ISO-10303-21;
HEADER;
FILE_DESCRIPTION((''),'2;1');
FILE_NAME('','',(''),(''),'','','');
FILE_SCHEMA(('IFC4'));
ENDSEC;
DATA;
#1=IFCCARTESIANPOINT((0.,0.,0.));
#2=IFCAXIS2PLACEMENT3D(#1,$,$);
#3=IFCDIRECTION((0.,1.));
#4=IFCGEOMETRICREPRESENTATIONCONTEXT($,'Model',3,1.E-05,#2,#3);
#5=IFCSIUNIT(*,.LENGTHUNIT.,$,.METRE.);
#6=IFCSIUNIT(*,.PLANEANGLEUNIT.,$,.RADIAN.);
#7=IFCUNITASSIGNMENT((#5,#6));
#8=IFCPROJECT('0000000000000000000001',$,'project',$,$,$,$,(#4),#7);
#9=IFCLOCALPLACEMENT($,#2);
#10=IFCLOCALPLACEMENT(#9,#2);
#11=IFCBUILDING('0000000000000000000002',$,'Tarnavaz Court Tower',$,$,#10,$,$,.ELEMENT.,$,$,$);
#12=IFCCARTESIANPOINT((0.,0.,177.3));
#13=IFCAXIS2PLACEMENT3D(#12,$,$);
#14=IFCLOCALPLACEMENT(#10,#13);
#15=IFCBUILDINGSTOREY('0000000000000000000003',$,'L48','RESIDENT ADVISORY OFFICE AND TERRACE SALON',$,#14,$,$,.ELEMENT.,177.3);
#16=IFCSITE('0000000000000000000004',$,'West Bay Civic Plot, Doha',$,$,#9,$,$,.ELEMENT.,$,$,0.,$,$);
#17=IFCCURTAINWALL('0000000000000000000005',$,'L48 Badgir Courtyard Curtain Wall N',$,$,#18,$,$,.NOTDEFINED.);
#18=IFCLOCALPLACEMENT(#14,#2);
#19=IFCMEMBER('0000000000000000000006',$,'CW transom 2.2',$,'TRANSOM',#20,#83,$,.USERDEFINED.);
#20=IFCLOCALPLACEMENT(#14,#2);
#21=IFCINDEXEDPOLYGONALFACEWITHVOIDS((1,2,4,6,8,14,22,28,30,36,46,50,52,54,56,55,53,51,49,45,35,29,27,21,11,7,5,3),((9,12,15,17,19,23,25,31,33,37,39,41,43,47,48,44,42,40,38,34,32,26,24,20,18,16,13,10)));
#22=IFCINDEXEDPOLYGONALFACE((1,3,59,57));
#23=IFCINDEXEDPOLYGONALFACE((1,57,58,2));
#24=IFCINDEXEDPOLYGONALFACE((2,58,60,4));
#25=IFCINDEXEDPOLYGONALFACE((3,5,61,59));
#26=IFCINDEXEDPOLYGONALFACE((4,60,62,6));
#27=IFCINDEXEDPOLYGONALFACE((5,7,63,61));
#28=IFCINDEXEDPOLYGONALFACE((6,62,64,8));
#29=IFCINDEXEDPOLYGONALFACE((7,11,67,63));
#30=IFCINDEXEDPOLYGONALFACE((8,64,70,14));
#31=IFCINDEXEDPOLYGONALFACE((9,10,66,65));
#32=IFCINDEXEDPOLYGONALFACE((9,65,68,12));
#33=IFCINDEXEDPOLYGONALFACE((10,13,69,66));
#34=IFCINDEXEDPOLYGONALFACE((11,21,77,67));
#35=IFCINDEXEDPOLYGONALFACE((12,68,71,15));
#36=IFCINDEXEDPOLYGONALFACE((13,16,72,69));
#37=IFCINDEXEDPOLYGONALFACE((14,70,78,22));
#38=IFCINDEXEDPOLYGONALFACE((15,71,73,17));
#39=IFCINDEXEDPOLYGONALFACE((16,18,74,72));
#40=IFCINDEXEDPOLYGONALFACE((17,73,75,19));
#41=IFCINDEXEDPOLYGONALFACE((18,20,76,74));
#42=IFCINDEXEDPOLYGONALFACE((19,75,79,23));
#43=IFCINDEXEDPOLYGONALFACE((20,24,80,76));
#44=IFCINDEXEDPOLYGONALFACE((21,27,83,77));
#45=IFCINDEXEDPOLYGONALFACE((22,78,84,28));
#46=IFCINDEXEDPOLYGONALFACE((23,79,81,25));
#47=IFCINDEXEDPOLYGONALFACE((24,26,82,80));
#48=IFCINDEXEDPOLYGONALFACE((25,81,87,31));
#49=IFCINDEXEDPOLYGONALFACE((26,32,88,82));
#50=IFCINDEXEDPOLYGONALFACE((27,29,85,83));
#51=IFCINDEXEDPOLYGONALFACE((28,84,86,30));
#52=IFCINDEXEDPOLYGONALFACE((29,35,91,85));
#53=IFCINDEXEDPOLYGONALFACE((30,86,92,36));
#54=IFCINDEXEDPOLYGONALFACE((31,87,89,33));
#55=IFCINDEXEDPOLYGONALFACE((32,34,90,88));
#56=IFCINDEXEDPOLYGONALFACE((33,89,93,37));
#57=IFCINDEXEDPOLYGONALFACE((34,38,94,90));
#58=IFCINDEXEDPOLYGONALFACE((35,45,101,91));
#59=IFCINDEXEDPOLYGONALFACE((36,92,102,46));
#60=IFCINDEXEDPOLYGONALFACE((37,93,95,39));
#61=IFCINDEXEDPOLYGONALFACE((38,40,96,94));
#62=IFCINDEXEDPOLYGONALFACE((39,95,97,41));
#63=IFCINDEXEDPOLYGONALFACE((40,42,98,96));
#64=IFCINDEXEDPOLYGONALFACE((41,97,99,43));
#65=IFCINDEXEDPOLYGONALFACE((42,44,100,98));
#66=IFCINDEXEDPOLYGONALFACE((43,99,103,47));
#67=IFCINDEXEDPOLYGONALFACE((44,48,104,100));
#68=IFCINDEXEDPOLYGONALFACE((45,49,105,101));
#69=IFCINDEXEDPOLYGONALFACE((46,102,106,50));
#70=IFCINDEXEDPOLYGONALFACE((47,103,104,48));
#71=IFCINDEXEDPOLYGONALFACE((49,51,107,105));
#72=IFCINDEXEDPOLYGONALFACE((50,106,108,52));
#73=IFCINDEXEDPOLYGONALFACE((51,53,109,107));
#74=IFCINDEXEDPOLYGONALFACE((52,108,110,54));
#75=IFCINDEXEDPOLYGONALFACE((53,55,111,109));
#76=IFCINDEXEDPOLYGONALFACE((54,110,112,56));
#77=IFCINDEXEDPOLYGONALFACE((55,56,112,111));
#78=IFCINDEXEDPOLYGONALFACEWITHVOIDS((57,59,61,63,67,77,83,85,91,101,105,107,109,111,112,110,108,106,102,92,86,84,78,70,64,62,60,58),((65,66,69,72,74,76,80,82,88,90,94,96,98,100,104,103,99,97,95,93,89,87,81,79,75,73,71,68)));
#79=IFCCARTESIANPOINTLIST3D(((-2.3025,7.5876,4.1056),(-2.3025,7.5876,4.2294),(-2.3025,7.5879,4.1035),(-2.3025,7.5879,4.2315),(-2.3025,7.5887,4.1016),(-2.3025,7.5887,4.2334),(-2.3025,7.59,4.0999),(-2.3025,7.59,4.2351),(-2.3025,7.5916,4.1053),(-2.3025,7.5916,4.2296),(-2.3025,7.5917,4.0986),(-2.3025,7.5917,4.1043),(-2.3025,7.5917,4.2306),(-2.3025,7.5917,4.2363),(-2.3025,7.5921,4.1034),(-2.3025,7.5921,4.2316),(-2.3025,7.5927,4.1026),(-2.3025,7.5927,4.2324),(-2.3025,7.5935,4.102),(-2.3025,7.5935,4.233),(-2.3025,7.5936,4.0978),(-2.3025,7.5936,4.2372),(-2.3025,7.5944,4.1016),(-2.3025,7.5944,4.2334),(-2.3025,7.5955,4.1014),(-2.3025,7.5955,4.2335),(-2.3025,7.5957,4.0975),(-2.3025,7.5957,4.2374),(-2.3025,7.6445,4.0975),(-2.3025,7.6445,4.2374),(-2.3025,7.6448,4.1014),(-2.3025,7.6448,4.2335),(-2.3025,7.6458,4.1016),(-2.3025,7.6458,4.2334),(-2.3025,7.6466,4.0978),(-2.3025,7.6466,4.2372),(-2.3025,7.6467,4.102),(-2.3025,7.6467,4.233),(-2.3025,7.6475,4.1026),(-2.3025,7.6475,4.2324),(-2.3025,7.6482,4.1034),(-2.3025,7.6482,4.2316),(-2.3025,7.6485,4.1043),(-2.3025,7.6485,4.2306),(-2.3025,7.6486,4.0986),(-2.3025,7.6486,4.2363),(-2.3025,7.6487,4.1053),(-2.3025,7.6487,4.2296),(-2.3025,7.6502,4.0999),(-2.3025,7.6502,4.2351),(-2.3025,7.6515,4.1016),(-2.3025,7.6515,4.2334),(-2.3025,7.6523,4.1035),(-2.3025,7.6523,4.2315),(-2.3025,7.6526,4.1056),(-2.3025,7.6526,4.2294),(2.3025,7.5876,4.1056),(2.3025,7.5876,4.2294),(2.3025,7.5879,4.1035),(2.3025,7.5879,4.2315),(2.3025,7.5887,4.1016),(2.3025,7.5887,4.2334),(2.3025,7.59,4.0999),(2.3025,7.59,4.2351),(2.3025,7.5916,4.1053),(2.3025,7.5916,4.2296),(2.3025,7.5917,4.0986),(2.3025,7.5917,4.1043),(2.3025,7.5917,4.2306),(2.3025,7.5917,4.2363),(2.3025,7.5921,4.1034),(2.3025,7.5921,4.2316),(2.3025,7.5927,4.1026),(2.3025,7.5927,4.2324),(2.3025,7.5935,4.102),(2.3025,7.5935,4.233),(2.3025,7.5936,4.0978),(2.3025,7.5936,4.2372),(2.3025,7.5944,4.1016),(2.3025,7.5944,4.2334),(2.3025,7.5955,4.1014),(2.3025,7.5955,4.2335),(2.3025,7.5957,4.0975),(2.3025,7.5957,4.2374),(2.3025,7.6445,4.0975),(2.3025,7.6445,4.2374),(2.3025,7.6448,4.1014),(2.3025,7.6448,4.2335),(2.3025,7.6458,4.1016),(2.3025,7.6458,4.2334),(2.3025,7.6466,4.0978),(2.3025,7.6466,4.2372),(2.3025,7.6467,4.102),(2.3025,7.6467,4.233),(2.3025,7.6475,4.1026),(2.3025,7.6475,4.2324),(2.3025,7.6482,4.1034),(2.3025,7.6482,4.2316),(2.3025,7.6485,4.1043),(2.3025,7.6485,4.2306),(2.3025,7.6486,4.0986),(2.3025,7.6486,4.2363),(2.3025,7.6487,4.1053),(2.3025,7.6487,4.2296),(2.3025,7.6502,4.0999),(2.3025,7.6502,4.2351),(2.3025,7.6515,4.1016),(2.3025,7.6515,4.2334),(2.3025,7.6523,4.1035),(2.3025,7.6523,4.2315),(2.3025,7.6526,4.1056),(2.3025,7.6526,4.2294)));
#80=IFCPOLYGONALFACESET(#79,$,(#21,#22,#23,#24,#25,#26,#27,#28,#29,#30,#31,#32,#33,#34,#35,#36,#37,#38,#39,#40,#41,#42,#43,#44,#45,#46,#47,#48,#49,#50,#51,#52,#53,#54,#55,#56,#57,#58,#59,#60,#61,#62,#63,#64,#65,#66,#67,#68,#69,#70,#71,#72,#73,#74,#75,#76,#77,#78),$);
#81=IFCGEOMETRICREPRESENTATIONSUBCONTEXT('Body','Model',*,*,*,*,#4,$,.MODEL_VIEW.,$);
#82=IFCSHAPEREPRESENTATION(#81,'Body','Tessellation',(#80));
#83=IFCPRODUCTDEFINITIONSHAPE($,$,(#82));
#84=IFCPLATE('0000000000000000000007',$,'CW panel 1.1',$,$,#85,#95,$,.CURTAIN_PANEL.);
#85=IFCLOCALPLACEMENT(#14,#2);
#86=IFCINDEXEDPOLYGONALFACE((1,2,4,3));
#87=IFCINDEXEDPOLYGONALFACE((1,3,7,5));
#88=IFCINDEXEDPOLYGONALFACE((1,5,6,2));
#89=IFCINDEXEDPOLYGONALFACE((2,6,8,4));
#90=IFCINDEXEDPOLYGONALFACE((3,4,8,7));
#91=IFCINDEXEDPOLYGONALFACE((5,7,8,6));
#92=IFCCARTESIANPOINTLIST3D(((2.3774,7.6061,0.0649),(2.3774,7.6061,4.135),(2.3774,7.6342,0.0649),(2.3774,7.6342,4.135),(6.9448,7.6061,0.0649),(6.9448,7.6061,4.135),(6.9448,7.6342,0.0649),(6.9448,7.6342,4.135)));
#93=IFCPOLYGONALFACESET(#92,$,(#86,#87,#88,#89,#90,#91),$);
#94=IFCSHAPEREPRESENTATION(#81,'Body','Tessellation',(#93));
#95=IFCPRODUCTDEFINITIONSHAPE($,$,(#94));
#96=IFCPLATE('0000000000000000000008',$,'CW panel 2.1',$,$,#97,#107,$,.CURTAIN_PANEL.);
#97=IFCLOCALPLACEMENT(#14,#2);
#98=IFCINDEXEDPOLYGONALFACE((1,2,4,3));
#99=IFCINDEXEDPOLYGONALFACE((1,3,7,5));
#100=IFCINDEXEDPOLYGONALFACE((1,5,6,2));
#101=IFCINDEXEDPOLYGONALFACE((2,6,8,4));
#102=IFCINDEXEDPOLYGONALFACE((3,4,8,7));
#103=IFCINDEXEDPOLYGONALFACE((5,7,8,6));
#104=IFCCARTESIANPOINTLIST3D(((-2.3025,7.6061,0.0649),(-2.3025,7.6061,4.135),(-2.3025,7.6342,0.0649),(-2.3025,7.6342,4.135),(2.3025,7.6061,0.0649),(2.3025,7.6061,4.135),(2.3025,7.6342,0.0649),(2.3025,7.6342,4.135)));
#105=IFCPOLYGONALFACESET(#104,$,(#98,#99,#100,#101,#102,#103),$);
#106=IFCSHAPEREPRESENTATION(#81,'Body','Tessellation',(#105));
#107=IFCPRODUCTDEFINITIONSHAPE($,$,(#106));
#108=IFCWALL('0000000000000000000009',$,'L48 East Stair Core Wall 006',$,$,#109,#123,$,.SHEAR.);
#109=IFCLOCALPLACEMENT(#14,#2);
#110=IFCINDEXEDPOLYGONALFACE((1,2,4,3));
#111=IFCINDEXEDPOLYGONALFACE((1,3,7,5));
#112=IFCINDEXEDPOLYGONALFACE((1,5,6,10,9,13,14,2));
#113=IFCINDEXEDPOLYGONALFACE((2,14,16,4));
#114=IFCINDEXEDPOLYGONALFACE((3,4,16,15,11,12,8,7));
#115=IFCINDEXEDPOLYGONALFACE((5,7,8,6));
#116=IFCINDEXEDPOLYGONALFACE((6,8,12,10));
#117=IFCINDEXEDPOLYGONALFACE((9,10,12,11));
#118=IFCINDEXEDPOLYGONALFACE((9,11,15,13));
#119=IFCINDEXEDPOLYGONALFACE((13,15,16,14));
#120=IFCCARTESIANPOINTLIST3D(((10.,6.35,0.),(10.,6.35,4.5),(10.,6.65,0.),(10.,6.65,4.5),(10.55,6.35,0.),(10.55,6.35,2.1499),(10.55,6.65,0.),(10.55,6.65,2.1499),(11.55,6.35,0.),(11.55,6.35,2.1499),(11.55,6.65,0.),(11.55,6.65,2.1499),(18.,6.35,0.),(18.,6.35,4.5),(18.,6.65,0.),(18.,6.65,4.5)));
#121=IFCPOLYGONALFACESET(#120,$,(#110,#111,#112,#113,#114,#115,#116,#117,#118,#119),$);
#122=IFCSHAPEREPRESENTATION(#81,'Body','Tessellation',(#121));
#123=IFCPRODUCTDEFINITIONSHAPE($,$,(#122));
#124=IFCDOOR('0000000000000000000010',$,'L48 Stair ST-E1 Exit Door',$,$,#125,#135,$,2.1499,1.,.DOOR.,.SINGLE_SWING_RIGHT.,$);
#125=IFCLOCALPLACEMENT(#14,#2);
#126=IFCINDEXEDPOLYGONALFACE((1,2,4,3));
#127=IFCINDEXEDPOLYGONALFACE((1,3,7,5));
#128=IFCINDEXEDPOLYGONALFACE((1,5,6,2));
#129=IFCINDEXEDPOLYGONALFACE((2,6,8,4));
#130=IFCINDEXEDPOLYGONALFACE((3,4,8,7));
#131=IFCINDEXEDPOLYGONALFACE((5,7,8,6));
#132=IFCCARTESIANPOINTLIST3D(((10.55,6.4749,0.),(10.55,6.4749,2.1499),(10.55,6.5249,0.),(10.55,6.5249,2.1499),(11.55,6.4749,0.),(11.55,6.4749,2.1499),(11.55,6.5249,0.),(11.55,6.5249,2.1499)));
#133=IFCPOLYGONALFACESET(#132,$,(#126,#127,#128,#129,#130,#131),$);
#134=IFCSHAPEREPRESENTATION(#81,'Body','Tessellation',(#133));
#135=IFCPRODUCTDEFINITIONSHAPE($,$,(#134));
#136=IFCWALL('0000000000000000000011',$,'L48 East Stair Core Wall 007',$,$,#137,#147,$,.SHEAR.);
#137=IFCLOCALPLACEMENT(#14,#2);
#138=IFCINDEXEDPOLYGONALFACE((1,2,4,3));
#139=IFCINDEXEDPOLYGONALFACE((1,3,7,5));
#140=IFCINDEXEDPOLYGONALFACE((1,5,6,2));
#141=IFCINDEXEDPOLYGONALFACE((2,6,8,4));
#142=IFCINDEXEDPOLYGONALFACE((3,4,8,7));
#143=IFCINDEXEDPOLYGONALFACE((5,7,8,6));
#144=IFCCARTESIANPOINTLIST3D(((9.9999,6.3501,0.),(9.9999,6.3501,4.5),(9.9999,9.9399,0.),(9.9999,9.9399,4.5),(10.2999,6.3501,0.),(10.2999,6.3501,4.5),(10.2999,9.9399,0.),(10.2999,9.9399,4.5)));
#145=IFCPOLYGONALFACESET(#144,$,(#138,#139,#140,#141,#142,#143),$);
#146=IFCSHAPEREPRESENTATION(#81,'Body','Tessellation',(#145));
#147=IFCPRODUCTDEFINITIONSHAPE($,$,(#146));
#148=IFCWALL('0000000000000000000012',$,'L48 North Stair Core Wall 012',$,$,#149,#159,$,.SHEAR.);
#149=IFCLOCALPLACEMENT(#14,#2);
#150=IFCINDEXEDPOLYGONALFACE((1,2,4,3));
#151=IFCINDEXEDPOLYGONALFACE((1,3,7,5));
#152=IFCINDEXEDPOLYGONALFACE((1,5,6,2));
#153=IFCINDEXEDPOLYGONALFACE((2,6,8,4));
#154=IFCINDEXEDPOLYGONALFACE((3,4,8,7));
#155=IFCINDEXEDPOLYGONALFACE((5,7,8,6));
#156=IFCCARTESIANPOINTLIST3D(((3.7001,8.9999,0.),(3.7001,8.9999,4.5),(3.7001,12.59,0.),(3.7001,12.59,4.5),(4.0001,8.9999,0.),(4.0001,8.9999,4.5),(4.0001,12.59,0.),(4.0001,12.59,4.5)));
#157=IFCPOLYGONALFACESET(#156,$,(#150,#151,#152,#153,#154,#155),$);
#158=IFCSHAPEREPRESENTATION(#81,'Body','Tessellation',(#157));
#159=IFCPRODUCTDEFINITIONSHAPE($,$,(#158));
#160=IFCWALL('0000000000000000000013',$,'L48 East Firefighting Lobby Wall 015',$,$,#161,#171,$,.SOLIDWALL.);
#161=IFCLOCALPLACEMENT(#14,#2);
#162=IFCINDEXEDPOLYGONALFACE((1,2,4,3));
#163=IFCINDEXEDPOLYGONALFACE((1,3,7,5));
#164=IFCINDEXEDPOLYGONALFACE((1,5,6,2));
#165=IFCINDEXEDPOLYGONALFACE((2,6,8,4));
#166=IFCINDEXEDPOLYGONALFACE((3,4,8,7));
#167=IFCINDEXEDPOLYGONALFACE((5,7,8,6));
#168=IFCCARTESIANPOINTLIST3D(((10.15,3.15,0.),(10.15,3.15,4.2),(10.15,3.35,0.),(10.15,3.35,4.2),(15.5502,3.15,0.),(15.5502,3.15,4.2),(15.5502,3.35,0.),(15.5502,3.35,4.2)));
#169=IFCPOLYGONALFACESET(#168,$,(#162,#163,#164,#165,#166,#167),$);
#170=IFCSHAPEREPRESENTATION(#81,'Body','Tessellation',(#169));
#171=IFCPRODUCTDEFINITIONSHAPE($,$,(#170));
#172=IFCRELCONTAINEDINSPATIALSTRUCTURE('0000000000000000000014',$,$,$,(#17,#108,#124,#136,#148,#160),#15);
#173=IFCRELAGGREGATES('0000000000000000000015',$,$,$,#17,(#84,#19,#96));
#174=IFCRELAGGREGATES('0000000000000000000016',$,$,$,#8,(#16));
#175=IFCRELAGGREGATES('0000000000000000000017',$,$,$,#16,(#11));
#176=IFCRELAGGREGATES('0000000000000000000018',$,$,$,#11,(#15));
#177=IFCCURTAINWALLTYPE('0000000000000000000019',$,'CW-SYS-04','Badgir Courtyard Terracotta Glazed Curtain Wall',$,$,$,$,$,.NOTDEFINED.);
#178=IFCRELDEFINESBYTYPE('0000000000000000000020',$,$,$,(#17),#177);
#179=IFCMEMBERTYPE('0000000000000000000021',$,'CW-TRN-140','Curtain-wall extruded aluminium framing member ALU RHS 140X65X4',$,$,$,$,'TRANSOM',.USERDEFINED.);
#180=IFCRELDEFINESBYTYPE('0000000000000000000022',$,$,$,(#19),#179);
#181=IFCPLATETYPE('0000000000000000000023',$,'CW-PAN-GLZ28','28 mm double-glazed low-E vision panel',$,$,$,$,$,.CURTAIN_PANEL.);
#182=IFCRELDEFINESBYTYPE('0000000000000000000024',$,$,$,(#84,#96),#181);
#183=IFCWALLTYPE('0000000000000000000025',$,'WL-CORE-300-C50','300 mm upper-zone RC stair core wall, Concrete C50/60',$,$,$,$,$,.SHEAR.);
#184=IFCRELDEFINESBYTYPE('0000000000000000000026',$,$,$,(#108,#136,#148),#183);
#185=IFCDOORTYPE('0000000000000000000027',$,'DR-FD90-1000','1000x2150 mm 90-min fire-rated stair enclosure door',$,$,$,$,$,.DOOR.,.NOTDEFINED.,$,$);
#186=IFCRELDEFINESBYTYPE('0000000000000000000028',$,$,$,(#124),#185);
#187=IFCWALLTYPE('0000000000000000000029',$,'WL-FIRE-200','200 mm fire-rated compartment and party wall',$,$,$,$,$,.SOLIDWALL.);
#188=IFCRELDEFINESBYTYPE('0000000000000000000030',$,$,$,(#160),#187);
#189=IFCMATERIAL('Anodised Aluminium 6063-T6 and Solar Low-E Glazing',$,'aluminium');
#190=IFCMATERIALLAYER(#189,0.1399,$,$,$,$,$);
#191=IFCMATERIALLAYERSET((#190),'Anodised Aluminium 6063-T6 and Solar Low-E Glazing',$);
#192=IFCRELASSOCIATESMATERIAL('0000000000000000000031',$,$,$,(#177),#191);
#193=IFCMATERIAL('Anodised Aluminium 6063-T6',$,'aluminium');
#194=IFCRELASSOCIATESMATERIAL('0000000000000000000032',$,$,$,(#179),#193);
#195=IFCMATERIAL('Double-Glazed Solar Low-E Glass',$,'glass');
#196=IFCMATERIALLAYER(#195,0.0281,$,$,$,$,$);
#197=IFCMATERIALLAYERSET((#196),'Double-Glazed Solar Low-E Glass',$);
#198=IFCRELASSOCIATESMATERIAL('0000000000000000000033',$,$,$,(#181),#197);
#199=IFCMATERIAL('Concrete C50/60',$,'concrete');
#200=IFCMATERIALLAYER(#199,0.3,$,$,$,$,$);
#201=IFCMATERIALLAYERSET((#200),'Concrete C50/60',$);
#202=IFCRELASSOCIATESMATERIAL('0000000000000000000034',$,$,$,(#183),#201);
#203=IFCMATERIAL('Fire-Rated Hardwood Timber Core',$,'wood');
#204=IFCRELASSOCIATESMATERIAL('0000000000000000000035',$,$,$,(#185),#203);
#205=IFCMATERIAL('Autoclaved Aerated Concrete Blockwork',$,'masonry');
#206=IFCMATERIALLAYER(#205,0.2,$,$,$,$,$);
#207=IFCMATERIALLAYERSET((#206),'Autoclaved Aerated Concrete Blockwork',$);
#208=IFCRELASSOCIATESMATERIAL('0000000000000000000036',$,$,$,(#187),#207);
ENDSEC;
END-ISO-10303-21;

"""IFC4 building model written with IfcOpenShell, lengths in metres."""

from ifc_helpers import new_model, si_unit, direction, frame, frame_2d, origin, origin_2d, place, context, subcontext, project, spatial, rectangle, hollow_rectangle, extrude, material, layer, layer_set, material_profile, profile_set, type_object, element, fill, aggregate, save


model = new_model("IFC4")

# Units and contexts
model_context = context("Model", 3, precision=1e-05, world=origin(), true_north=direction((0.0, 1.0)))
body_context = subcontext(model_context, "Body", "Model", "MODEL_VIEW")
ifc_project = project(units=[si_unit("LENGTHUNIT", "METRE"), si_unit("PLANEANGLEUNIT", "RADIAN")], contexts=[model_context])

# Site, building, storey
site_placement = place(None, origin())
site = spatial("IfcSite", under=ifc_project, at=site_placement, Name="West Bay Civic Plot, Doha", CompositionType="ELEMENT", RefElevation=0.0)
building_placement = place(site_placement, origin())
building = spatial("IfcBuilding", under=site, at=building_placement, Name="Tarnavaz Court Tower", CompositionType="ELEMENT")
storey_placement = place(building_placement, frame((0.0, 0.0, 177.3)))
storey = spatial("IfcBuildingStorey", under=building, at=storey_placement, Name="L48", Description="RESIDENT ADVISORY OFFICE AND TERRACE SALON", CompositionType="ELEMENT", Elevation=177.3)

# Curtain wall, member, plates
ifc_material_1 = material(Name="Anodised Aluminium 6063-T6 and Solar Low-E Glazing", Category="aluminium")
ifc_layer_1 = layer(ifc_material_1, 0.1399)
ifc_layer_set_1 = layer_set([ifc_layer_1], Name="Anodised Aluminium 6063-T6 and Solar Low-E Glazing")
curtain_wall_type = type_object("IfcCurtainWallType", Name="CW-SYS-04", Description="Badgir Courtyard Terracotta Glazed Curtain Wall", PredefinedType="NOTDEFINED", material=ifc_layer_set_1)
curtain_wall_placement = place(storey_placement, origin())
curtain_wall = element("IfcCurtainWall", 1, at=curtain_wall_placement, inside=storey, type_object=curtain_wall_type, Name="L48 Badgir Courtyard Curtain Wall N", PredefinedType="NOTDEFINED")
ifc_material_2 = material(Name="Anodised Aluminium 6063-T6", Category="aluminium")
ifc_material_profile_1 = material_profile(ifc_material_2, hollow_rectangle(XDim=0.0649, YDim=0.1399, WallThickness=0.0039, InnerFilletRadius=0.0039, OuterFilletRadius=0.0081, at=origin_2d()), Name="ALU RHS 140X65X4")
ifc_profile_set_1 = profile_set([ifc_material_profile_1], Name="Anodised Aluminium 6063-T6")
member_type_1 = type_object("IfcMemberType", Name="CW-TRN-140", Description="Curtain-wall extruded aluminium framing member ALU RHS 140X65X4", ElementType="TRANSOM", PredefinedType="USERDEFINED", material=ifc_profile_set_1)
member_1_placement = place(storey_placement, frame((2.3025, 7.6201, 4.1675), z_axis=(-1.0, 0.0, 0.0), x_axis=(0.0, -1.0, 0.0)))
member_1 = element("IfcMember", 2, at=member_1_placement, type_object=member_type_1, Name="CW transom 2.2", ObjectType="TRANSOM", PredefinedType="USERDEFINED", context=body_context, shape_type="SweptSolid", body=[
    extrude(hollow_rectangle(XDim=0.0649, YDim=0.1399, WallThickness=0.0039, InnerFilletRadius=0.0039, OuterFilletRadius=0.0081, at=origin_2d()), origin(), (0.0, 0.0, 1.0), 4.605),
])
ifc_material_3 = material(Name="Double-Glazed Solar Low-E Glass", Category="glass")
ifc_layer_2 = layer(ifc_material_3, 0.0281)
ifc_layer_set_2 = layer_set([ifc_layer_2], Name="Double-Glazed Solar Low-E Glass")
plate_type = type_object("IfcPlateType", Name="CW-PAN-GLZ28", Description="28 mm double-glazed low-E vision panel", PredefinedType="CURTAIN_PANEL", material=ifc_layer_set_2)
plate_1_placement = place(storey_placement, frame((4.6611, 7.6201, 0.0649), z_axis=(0.0, 0.0, 1.0), x_axis=(-1.0, 0.0, 0.0)))
plate_1 = element("IfcPlate", 3, at=plate_1_placement, type_object=plate_type, Name="CW panel 1.1", PredefinedType="CURTAIN_PANEL", context=body_context, shape_type="SweptSolid", body=[
    extrude(rectangle(XDim=4.5674, YDim=0.0281, at=origin_2d()), origin(), (0.0, 0.0, 1.0), 4.0701),
])
plate_2_placement = place(storey_placement, frame((0.0, 7.6201, 0.0649), z_axis=(0.0, 0.0, 1.0), x_axis=(-1.0, 0.0, 0.0)))
plate_2 = element("IfcPlate", 4, at=plate_2_placement, type_object=plate_type, Name="CW panel 2.1", PredefinedType="CURTAIN_PANEL", context=body_context, shape_type="SweptSolid", body=[
    extrude(rectangle(XDim=4.605, YDim=0.0281, at=origin_2d()), origin(), (0.0, 0.0, 1.0), 4.0701),
])
aggregate(curtain_wall, [plate_1, member_1, plate_2])

# Wall, opening, door
ifc_material_4 = material(Name="Concrete C50/60", Category="concrete")
ifc_layer_3 = layer(ifc_material_4, 0.3)
ifc_layer_set_3 = layer_set([ifc_layer_3], Name="Concrete C50/60")
wall_type_1 = type_object("IfcWallType", Name="WL-CORE-300-C50", Description="300 mm upper-zone RC stair core wall, Concrete C50/60", PredefinedType="SHEAR", material=ifc_layer_set_3)
wall_1_placement = place(storey_placement, frame((10.0, 6.5, 0.0), z_axis=(0.0, 0.0, 1.0), x_axis=(1.0, 0.0, 0.0)))
wall_1 = element("IfcWall", 5, at=wall_1_placement, inside=storey, type_object=wall_type_1, Name="L48 East Stair Core Wall 006", PredefinedType="SHEAR", context=body_context, shape_type="SweptSolid", body=[
    extrude(rectangle(XDim=8.0, YDim=0.3, at=frame_2d((4.0, 0.0))), origin(), (0.0, 0.0, 1.0), 4.5),
])
opening_1_placement = place(wall_1_placement, frame((0.55, 0.0, 0.0)))
opening_1 = element("IfcOpeningElement", 6, at=opening_1_placement, cuts=wall_1, PredefinedType="OPENING", context=body_context, shape_type="SweptSolid", body=[
    extrude(rectangle(XDim=1.0, YDim=2.1499, at=frame_2d((0.5, 1.075))), frame((0.0, 0.1599, 0.0), z_axis=(0.0, -1.0, 0.0), x_axis=(1.0, 0.0, 0.0)), (0.0, 0.0, 1.0), 0.3201),
])
ifc_material_5 = material(Name="Fire-Rated Hardwood Timber Core", Category="wood")
door_type_1 = type_object("IfcDoorType", Name="DR-FD90-1000", Description="1000x2150 mm 90-min fire-rated stair enclosure door", OperationType="NOTDEFINED", PredefinedType="DOOR", material=ifc_material_5)
door_1_placement = place(opening_1_placement, origin())
door_1 = element("IfcDoor", 7, at=door_1_placement, inside=storey, type_object=door_type_1, Name="L48 Stair ST-E1 Exit Door", OperationType="SINGLE_SWING_RIGHT", OverallHeight=2.1499, OverallWidth=1.0, PredefinedType="DOOR", context=body_context, shape_type="SweptSolid", body=[
    extrude(rectangle(XDim=1.0, YDim=2.1499, at=frame_2d((0.5, 1.075))), frame((0.0, 0.0249, 0.0), z_axis=(0.0, -1.0, 0.0), x_axis=(1.0, 0.0, 0.0)), (0.0, 0.0, 1.0), 0.05),
])
fill(opening_1, door_1)

# Walls
wall_2_placement = place(storey_placement, frame((10.1499, 6.3501, 0.0), z_axis=(0.0, 0.0, 1.0), x_axis=(0.0, 1.0, 0.0)))
element("IfcWall", 8, at=wall_2_placement, inside=storey, type_object=wall_type_1, Name="L48 East Stair Core Wall 007", PredefinedType="SHEAR", context=body_context, shape_type="SweptSolid", body=[
    extrude(rectangle(XDim=3.5898, YDim=0.3, at=frame_2d((1.7949, 0.0))), origin(), (0.0, 0.0, 1.0), 4.5),
])
wall_3_placement = place(storey_placement, frame((3.8501, 9.0, 0.0), z_axis=(0.0, 0.0, 1.0), x_axis=(0.0, 1.0, 0.0)))
element("IfcWall", 9, at=wall_3_placement, inside=storey, type_object=wall_type_1, Name="L48 North Stair Core Wall 012", PredefinedType="SHEAR", context=body_context, shape_type="SweptSolid", body=[
    extrude(rectangle(XDim=3.5901, YDim=0.3, at=frame_2d((1.7949, 0.0))), origin(), (0.0, 0.0, 1.0), 4.5),
])
ifc_material_6 = material(Name="Autoclaved Aerated Concrete Blockwork", Category="masonry")
ifc_layer_4 = layer(ifc_material_6, 0.2)
ifc_layer_set_4 = layer_set([ifc_layer_4], Name="Autoclaved Aerated Concrete Blockwork")
wall_type_2 = type_object("IfcWallType", Name="WL-FIRE-200", Description="200 mm fire-rated compartment and party wall", PredefinedType="SOLIDWALL", material=ifc_layer_set_4)
wall_4_placement = place(storey_placement, frame((10.1499, 3.25, 0.0), z_axis=(0.0, 0.0, 1.0), x_axis=(1.0, 0.0, 0.0)))
element("IfcWall", 10, at=wall_4_placement, inside=storey, type_object=wall_type_2, Name="L48 East Firefighting Lobby Wall 015", PredefinedType="SOLIDWALL", context=body_context, shape_type="SweptSolid", body=[
    extrude(rectangle(XDim=5.4001, YDim=0.2, at=frame_2d((2.7002, 0.0))), origin(), (0.0, 0.0, 1.0), 4.2),
])

save(model, "model.ifc")
